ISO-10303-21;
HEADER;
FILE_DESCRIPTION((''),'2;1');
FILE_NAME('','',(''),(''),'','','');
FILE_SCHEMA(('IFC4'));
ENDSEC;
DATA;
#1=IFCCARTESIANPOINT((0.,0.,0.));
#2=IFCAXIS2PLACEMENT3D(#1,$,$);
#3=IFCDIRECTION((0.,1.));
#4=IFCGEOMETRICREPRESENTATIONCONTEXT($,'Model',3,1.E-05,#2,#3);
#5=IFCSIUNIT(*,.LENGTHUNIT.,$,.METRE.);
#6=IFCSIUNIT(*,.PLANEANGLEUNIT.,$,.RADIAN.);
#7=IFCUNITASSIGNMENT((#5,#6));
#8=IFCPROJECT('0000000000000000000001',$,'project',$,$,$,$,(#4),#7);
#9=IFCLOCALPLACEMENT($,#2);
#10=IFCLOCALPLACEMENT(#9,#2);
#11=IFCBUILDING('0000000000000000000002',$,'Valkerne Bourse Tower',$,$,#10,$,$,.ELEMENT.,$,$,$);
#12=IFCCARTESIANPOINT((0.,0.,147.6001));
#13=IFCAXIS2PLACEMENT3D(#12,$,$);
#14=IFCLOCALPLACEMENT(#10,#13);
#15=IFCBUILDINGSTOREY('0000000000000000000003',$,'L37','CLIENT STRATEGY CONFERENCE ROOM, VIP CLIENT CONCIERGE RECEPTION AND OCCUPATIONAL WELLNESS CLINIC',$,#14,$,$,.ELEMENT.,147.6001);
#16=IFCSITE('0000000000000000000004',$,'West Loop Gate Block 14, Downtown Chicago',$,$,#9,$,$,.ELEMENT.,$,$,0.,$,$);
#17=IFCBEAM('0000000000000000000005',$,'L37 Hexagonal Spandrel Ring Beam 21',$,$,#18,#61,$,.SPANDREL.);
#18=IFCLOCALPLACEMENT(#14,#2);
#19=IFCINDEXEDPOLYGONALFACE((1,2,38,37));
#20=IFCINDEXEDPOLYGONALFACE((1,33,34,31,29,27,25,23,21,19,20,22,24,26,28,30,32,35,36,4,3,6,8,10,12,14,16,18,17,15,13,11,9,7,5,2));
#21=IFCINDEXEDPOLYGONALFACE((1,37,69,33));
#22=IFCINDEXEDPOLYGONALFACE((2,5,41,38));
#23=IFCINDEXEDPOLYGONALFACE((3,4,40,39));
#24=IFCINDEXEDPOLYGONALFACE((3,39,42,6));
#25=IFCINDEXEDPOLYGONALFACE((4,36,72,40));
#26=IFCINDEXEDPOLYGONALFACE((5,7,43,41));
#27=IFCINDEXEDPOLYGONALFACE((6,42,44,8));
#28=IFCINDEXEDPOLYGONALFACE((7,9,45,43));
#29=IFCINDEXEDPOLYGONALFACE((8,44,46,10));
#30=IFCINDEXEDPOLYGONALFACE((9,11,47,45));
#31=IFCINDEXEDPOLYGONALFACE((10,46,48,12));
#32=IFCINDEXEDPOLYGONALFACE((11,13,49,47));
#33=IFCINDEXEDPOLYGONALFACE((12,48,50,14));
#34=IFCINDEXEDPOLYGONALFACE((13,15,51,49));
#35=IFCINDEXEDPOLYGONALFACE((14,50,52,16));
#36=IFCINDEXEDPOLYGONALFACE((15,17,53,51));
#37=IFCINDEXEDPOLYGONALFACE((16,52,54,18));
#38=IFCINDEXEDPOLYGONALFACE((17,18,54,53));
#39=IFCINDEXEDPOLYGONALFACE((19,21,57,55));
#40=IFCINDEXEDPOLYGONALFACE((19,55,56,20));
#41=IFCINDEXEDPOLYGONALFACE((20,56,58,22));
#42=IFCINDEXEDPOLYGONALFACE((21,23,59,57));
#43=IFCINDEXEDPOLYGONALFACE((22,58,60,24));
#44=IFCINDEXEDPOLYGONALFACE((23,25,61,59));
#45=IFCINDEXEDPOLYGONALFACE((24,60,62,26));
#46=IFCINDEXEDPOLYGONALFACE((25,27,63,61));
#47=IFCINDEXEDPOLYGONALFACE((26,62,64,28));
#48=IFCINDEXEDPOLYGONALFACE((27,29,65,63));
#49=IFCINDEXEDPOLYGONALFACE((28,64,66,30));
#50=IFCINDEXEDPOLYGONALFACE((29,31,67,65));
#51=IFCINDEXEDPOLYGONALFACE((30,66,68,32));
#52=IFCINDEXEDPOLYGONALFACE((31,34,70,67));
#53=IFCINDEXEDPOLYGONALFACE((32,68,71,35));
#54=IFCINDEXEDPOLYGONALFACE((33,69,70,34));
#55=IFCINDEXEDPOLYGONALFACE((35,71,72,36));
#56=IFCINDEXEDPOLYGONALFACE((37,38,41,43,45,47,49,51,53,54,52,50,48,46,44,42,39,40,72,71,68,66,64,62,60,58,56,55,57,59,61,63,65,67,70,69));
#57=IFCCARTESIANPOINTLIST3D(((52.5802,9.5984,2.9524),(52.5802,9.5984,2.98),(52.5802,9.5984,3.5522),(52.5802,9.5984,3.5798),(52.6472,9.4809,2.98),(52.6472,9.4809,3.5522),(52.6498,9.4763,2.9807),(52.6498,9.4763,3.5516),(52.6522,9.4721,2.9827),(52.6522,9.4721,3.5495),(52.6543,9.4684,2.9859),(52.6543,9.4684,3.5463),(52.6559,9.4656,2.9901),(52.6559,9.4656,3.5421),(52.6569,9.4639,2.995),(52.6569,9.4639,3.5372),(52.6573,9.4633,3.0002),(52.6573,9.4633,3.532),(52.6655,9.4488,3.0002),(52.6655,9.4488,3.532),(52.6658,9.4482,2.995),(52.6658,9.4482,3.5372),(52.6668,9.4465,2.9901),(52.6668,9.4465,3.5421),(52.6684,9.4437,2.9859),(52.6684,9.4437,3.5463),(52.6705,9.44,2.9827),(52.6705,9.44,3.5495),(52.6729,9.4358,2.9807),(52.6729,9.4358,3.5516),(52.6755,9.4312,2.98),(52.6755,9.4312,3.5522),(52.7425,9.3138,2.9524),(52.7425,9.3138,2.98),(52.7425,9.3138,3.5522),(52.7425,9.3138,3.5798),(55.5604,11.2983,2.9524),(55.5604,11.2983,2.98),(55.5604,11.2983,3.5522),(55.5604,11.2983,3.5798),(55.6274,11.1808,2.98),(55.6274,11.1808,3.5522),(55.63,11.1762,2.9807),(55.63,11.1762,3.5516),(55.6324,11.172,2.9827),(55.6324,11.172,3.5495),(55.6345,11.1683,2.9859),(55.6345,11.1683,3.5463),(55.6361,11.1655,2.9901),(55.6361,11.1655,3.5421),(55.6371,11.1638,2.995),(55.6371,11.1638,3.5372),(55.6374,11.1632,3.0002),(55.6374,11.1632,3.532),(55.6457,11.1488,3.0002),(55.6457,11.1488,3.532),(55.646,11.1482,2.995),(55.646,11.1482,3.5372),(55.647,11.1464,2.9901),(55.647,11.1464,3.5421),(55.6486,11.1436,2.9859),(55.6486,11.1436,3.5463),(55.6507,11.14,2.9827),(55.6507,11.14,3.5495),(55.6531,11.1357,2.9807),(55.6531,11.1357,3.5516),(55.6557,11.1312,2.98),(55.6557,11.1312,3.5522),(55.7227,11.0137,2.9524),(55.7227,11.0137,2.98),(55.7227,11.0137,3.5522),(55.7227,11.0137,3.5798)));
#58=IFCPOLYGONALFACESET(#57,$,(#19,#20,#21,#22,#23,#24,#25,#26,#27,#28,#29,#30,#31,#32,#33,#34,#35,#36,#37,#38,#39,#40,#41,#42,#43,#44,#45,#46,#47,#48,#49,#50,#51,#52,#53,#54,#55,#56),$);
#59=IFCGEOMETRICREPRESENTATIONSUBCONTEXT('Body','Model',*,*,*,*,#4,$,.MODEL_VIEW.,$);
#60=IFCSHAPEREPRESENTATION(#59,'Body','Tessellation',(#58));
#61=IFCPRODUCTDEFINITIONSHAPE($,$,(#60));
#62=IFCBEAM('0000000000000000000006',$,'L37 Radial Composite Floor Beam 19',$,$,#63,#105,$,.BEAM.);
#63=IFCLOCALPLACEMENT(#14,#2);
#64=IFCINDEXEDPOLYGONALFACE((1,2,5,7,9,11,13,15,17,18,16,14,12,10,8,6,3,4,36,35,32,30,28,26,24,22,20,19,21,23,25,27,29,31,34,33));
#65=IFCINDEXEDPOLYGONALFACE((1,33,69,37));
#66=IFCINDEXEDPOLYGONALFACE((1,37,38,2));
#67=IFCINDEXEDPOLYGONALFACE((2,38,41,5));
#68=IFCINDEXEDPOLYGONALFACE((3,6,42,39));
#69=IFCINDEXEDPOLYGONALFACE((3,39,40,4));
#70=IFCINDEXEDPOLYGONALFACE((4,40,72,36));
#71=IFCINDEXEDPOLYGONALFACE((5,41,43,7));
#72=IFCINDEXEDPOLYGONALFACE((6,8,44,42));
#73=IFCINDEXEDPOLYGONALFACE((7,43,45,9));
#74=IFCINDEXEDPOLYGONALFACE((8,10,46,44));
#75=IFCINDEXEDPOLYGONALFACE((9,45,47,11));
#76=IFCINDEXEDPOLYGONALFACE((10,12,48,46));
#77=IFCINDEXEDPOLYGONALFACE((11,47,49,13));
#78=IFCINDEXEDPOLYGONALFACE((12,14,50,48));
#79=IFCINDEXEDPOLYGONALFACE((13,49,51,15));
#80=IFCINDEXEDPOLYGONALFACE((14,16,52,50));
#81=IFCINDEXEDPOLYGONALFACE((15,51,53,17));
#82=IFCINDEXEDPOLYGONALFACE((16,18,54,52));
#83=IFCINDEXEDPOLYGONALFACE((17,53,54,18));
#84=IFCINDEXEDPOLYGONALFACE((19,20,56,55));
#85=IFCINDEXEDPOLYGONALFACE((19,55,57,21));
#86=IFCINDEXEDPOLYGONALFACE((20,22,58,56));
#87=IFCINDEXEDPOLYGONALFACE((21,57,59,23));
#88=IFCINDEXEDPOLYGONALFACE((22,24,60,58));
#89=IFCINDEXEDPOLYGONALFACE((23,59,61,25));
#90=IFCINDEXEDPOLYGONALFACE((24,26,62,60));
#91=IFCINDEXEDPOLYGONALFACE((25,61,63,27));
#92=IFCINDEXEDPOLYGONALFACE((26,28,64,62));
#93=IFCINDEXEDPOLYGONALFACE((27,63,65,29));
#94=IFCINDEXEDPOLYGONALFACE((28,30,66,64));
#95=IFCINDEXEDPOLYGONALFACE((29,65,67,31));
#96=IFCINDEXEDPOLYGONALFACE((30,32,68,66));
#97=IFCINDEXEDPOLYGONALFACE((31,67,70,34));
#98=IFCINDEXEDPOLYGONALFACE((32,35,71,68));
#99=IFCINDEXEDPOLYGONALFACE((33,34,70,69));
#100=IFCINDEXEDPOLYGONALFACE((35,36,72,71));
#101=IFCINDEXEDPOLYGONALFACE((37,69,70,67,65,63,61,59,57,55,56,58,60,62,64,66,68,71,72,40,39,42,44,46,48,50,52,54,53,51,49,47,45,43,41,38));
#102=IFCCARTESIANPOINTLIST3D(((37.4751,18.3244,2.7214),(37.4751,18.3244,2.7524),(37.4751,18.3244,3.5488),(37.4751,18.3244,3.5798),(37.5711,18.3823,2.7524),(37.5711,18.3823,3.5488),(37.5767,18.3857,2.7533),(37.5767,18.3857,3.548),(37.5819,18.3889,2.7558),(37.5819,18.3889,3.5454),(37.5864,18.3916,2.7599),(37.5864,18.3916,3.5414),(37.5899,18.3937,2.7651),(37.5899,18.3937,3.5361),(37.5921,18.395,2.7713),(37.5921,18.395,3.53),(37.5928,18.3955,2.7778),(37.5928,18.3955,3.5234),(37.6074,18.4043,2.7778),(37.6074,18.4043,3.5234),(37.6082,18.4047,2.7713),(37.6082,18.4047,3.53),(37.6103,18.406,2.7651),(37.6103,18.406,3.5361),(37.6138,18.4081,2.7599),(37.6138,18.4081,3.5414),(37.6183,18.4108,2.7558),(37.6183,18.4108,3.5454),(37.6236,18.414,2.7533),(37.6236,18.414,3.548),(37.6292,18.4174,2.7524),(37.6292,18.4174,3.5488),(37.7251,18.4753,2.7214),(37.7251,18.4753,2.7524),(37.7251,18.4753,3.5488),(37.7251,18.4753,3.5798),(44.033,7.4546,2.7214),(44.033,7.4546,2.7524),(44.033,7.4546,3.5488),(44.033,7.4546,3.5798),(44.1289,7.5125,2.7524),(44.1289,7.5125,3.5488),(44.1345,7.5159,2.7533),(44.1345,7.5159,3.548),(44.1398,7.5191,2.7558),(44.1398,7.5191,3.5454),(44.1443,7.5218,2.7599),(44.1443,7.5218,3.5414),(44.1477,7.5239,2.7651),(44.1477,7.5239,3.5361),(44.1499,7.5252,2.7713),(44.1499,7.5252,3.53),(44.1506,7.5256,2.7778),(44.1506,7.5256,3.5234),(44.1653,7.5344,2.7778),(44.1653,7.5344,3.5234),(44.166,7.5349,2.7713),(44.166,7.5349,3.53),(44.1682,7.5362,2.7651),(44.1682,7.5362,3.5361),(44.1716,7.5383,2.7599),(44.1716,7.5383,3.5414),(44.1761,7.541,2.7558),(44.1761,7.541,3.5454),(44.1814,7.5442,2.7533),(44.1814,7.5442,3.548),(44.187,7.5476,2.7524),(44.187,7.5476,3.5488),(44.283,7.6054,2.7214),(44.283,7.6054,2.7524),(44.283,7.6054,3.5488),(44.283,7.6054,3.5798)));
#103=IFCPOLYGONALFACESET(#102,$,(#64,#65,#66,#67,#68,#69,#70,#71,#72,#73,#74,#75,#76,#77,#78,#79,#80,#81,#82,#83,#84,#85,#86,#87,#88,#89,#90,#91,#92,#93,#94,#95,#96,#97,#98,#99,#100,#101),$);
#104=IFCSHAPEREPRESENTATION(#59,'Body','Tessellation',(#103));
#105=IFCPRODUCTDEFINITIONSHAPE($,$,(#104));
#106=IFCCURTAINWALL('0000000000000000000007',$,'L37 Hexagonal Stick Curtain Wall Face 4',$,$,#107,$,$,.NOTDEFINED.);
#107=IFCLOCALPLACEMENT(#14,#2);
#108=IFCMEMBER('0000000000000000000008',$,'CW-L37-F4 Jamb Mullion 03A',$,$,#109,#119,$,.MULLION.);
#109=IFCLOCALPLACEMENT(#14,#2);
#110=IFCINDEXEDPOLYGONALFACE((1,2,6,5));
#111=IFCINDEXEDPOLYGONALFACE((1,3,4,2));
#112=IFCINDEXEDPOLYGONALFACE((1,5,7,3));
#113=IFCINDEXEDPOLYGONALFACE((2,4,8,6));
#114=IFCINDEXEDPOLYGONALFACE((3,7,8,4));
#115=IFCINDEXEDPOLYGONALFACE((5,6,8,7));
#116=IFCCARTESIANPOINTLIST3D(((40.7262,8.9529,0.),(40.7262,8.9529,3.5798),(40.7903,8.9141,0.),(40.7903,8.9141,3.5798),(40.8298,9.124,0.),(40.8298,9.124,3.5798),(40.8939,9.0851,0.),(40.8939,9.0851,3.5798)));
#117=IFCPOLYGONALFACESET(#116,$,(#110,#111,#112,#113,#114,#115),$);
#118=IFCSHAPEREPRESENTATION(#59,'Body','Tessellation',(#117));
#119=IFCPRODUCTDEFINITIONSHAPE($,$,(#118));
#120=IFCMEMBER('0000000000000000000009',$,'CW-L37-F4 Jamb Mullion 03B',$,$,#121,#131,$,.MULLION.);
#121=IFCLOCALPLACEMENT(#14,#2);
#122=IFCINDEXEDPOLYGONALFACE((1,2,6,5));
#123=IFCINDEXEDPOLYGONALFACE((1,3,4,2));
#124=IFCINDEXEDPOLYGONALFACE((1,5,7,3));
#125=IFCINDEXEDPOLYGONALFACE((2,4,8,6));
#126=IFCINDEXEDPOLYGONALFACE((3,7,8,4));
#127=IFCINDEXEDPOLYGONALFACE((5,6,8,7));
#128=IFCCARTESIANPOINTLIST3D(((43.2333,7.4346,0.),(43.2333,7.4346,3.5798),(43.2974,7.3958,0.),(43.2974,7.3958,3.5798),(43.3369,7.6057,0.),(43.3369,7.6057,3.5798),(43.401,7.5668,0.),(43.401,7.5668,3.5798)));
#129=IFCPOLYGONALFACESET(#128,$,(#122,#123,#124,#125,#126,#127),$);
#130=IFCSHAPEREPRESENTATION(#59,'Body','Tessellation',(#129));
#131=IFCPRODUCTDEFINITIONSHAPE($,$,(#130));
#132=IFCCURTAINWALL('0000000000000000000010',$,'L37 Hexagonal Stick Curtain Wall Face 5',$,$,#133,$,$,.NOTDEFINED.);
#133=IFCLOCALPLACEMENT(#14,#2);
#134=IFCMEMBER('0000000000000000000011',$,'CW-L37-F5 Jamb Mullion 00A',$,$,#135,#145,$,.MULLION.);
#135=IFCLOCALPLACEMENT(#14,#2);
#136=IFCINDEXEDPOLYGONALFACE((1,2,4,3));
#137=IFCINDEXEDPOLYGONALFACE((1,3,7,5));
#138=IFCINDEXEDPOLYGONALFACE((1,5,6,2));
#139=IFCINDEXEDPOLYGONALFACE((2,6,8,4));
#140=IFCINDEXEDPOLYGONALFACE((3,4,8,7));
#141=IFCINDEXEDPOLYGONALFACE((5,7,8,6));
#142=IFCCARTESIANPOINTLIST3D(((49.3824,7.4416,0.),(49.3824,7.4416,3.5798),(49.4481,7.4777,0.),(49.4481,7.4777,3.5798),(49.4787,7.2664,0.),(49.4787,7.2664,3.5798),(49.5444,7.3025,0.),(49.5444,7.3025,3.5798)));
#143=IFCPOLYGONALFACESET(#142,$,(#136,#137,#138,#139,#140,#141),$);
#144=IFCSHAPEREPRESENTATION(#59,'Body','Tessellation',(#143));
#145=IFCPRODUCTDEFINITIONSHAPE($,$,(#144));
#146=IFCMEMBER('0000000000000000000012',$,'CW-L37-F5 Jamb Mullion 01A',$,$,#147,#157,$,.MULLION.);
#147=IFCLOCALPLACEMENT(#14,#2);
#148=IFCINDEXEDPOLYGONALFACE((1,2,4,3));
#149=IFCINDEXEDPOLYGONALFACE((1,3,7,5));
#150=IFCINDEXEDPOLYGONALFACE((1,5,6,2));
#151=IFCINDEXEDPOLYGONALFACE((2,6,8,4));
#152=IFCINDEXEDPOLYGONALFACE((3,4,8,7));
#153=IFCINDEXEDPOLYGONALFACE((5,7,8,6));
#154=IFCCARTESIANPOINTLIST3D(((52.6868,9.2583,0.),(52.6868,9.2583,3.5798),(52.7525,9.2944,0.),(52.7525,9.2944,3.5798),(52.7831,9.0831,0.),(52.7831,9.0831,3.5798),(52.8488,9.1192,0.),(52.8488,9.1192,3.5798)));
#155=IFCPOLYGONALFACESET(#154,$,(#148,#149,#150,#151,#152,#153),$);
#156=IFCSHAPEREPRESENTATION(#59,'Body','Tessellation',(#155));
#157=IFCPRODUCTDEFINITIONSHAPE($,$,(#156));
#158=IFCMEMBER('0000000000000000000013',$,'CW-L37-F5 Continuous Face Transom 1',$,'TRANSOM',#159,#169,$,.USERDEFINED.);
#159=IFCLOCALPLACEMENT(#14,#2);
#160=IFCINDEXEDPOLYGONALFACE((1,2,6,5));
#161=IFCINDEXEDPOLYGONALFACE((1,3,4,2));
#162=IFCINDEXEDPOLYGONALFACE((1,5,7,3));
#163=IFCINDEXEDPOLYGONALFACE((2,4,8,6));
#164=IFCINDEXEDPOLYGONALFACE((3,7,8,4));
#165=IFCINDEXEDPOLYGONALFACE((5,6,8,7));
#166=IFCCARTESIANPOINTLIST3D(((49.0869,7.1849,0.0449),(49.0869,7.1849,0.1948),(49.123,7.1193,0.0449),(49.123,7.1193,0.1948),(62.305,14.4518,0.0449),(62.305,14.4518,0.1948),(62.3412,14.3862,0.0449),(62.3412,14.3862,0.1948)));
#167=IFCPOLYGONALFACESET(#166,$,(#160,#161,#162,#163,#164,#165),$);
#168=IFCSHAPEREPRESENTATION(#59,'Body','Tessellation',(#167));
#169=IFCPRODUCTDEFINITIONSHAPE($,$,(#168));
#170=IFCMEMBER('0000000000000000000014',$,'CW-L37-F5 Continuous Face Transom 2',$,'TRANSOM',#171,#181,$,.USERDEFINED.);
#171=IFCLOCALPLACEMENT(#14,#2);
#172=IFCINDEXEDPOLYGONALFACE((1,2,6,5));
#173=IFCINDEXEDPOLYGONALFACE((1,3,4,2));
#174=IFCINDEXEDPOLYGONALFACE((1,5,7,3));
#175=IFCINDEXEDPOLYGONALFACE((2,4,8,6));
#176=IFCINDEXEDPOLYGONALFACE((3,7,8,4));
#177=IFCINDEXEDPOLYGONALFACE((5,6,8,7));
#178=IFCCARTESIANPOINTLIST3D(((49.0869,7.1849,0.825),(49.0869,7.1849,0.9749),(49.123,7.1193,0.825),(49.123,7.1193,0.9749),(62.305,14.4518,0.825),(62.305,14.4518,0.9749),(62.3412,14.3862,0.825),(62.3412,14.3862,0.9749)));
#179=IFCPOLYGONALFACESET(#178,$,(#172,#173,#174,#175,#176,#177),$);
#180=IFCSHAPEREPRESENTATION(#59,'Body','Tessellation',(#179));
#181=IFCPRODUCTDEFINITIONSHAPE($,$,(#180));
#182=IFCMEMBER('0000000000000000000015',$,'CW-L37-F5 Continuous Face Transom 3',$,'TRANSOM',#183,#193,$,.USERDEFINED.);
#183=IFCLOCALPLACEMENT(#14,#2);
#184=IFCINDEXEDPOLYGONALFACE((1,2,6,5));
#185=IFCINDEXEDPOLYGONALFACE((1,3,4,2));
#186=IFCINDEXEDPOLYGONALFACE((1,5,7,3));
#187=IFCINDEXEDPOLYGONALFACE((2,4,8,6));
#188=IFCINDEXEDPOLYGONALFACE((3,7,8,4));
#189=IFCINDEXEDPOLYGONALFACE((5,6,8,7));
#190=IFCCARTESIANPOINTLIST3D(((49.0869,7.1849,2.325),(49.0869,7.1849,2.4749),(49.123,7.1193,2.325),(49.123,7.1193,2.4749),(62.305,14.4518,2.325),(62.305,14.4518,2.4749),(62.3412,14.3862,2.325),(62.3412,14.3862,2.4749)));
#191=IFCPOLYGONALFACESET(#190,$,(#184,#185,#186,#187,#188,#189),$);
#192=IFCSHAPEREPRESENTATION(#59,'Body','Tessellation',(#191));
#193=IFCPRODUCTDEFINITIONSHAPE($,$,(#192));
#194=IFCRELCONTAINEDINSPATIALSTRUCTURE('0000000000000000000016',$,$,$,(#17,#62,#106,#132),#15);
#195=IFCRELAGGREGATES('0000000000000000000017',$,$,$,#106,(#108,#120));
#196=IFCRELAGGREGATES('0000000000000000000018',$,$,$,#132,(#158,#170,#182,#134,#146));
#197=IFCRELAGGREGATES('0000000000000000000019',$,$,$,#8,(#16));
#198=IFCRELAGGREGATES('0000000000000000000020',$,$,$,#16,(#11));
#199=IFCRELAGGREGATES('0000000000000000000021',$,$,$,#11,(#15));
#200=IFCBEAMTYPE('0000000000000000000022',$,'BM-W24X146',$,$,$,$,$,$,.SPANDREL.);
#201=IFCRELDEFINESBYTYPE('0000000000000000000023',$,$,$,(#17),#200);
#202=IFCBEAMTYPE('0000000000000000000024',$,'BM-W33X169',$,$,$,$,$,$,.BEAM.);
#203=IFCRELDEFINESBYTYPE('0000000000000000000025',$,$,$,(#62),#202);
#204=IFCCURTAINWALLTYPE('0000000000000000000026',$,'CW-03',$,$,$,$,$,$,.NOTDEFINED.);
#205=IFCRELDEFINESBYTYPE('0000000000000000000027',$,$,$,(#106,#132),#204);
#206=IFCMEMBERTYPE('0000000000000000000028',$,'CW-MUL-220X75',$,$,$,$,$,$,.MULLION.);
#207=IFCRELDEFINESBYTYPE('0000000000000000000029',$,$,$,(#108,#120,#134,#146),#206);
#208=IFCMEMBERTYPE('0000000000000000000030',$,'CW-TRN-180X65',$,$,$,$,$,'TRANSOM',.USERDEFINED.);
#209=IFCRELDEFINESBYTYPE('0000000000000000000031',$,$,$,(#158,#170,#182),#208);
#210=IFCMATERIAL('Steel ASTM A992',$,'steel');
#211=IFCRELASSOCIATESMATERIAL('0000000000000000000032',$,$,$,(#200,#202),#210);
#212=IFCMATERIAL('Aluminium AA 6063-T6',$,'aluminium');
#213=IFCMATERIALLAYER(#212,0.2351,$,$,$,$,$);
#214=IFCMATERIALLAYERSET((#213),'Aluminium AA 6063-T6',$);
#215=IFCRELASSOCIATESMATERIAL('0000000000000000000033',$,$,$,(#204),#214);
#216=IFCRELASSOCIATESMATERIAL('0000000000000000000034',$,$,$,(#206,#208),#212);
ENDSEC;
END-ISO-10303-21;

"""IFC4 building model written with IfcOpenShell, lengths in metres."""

from ifc_helpers import new_model, si_unit, direction, frame, origin, origin_2d, place, context, subcontext, project, spatial, rectangle, i_section, extrude, material, layer, layer_set, material_profile, profile_set, type_object, element, aggregate, save


model = new_model("IFC4")

# Units and contexts
model_context = context("Model", 3, precision=1e-05, world=origin(), true_north=direction((0.0, 1.0)))
body_context = subcontext(model_context, "Body", "Model", "MODEL_VIEW")
ifc_project = project(units=[si_unit("LENGTHUNIT", "METRE"), si_unit("PLANEANGLEUNIT", "RADIAN")], contexts=[model_context])

# Site, building, storey
site_placement = place(None, origin())
site = spatial("IfcSite", under=ifc_project, at=site_placement, Name="West Loop Gate Block 14, Downtown Chicago", CompositionType="ELEMENT", RefElevation=0.0)
building_placement = place(site_placement, origin())
building = spatial("IfcBuilding", under=site, at=building_placement, Name="Valkerne Bourse Tower", CompositionType="ELEMENT")
storey_placement = place(building_placement, frame((0.0, 0.0, 147.6001)))
storey = spatial("IfcBuildingStorey", under=building, at=storey_placement, Name="L37", Description="CLIENT STRATEGY CONFERENCE ROOM, VIP CLIENT CONCIERGE RECEPTION AND OCCUPATIONAL WELLNESS CLINIC", CompositionType="ELEMENT", Elevation=147.6001)

# Beams
ifc_material_1 = material(Name="Steel ASTM A992", Category="steel")
ifc_material_profile_1 = material_profile(ifc_material_1, i_section(OverallWidth=0.3276, OverallDepth=0.6274, WebThickness=0.0166, FlangeThickness=0.0276, FilletRadius=0.0203, at=origin_2d()), Name="W24X146")
ifc_profile_set_1 = profile_set([ifc_material_profile_1], Name="Steel ASTM A992")
beam_type_1 = type_object("IfcBeamType", Name="BM-W24X146", PredefinedType="SPANDREL", material=ifc_profile_set_1)
for number, where, z_axis, x_axis, name in (
    (1, (52.6614, 9.4561, 3.2661), (0.868624, 0.495472, 0.0), (-0.495472, 0.868624, 0.0), "L37 Hexagonal Spandrel Ring Beam 21"),
):
    element("IfcBeam", number, at=place(storey_placement, frame(where, z_axis=z_axis, x_axis=x_axis)), inside=storey, type_object=beam_type_1, Name=name, PredefinedType="SPANDREL", context=body_context, shape_type="SweptSolid", body=[
        extrude(i_section(OverallWidth=0.3276, OverallDepth=0.6274, WebThickness=0.0166, FlangeThickness=0.0276, FilletRadius=0.0203, at=origin_2d()), origin(), (0.0, 0.0, 1.0), 3.4309),
    ])
ifc_material_profile_2 = material_profile(ifc_material_1, i_section(OverallWidth=0.292, OverallDepth=0.8584, WebThickness=0.0171, FlangeThickness=0.031, FilletRadius=0.0254, at=origin_2d()), Name="W33X169")
ifc_profile_set_2 = profile_set([ifc_material_profile_2], Name="Steel ASTM A992")
beam_type_2 = type_object("IfcBeamType", Name="BM-W33X169", PredefinedType="BEAM", material=ifc_profile_set_2)
beam_1_placement = place(storey_placement, frame((44.158, 7.53, 3.1506), z_axis=(-0.516576, 0.856241, 0.0), x_axis=(-0.856241, -0.516576, 0.0)))
element("IfcBeam", 2, at=beam_1_placement, inside=storey, type_object=beam_type_2, Name="L37 Radial Composite Floor Beam 19", PredefinedType="BEAM", context=body_context, shape_type="SweptSolid", body=[
    extrude(i_section(OverallWidth=0.292, OverallDepth=0.8584, WebThickness=0.0171, FlangeThickness=0.031, FilletRadius=0.0254, at=origin_2d()), origin(), (0.0, 0.0, 1.0), 12.6948),
])

# Curtain walls, members
ifc_material_2 = material(Name="Aluminium AA 6063-T6", Category="aluminium")
ifc_layer_1 = layer(ifc_material_2, 0.2351)
ifc_layer_set_1 = layer_set([ifc_layer_1], Name="Aluminium AA 6063-T6")
curtain_wall_type = type_object("IfcCurtainWallType", Name="CW-03", PredefinedType="NOTDEFINED", material=ifc_layer_set_1)
curtain_wall_1_placement = place(storey_placement, origin())
curtain_wall_1 = element("IfcCurtainWall", 3, at=curtain_wall_1_placement, inside=storey, type_object=curtain_wall_type, Name="L37 Hexagonal Stick Curtain Wall Face 4", PredefinedType="NOTDEFINED")
ifc_material_profile_3 = material_profile(ifc_material_2, rectangle(XDim=0.075, YDim=0.2, at=origin_2d()), Name="CWM-75X200")
ifc_profile_set_3 = profile_set([ifc_material_profile_3], Name="Aluminium AA 6063-T6")
member_type_1 = type_object("IfcMemberType", Name="CW-MUL-220X75", PredefinedType="MULLION", material=ifc_profile_set_3)
member_1_placement = place(storey_placement, frame((40.8101, 9.019, 0.0), z_axis=(0.0, 0.0, 1.0), x_axis=(0.855375, -0.518009, 0.0)))
member_1 = element("IfcMember", 4, at=member_1_placement, type_object=member_type_1, Name="CW-L37-F4 Jamb Mullion 03A", PredefinedType="MULLION", context=body_context, shape_type="SweptSolid", body=[
    extrude(rectangle(XDim=0.075, YDim=0.2, at=origin_2d()), origin(), (0.0, 0.0, 1.0), 3.5798),
])
member_2_placement = place(storey_placement, frame((43.3171, 7.5007, 0.0), z_axis=(0.0, 0.0, 1.0), x_axis=(0.855375, -0.518009, 0.0)))
member_2 = element("IfcMember", 5, at=member_2_placement, type_object=member_type_1, Name="CW-L37-F4 Jamb Mullion 03B", PredefinedType="MULLION", context=body_context, shape_type="SweptSolid", body=[
    extrude(rectangle(XDim=0.075, YDim=0.2, at=origin_2d()), origin(), (0.0, 0.0, 1.0), 3.5798),
])
curtain_wall_2_placement = place(storey_placement, origin())
curtain_wall_2 = element("IfcCurtainWall", 6, at=curtain_wall_2_placement, inside=storey, type_object=curtain_wall_type, Name="L37 Hexagonal Stick Curtain Wall Face 5", PredefinedType="NOTDEFINED")
member_3_placement = place(storey_placement, frame((49.4634, 7.3721, 0.0), z_axis=(0.0, 0.0, 1.0), x_axis=(0.876303, 0.481761, 0.0)))
member_3 = element("IfcMember", 7, at=member_3_placement, type_object=member_type_1, Name="CW-L37-F5 Jamb Mullion 00A", PredefinedType="MULLION", context=body_context, shape_type="SweptSolid", body=[
    extrude(rectangle(XDim=0.075, YDim=0.2, at=origin_2d()), origin(), (0.0, 0.0, 1.0), 3.5798),
])
member_4_placement = place(storey_placement, frame((52.7678, 9.1887, 0.0), z_axis=(0.0, 0.0, 1.0), x_axis=(0.876309, 0.48175, 0.0)))
member_4 = element("IfcMember", 8, at=member_4_placement, type_object=member_type_1, Name="CW-L37-F5 Jamb Mullion 01A", PredefinedType="MULLION", context=body_context, shape_type="SweptSolid", body=[
    extrude(rectangle(XDim=0.075, YDim=0.2, at=origin_2d()), origin(), (0.0, 0.0, 1.0), 3.5798),
])
ifc_material_profile_4 = material_profile(ifc_material_2, rectangle(XDim=0.075, YDim=0.1499, at=origin_2d()), Name="CWT-75X150")
ifc_profile_set_4 = profile_set([ifc_material_profile_4], Name="Aluminium AA 6063-T6")
member_type_2 = type_object("IfcMemberType", Name="CW-TRN-180X65", ElementType="TRANSOM", PredefinedType="USERDEFINED", material=ifc_profile_set_4)
member_5_placement = place(storey_placement, frame((49.105, 7.1521, 0.1199), z_axis=(0.876302, 0.481763, 0.0), x_axis=(-0.481763, 0.876302, 0.0)))
member_5 = element("IfcMember", 9, at=member_5_placement, type_object=member_type_2, Name="CW-L37-F5 Continuous Face Transom 1", ObjectType="TRANSOM", PredefinedType="USERDEFINED", context=body_context, shape_type="SweptSolid", body=[
    extrude(rectangle(XDim=0.075, YDim=0.1499, at=origin_2d()), origin(), (0.0, 0.0, 1.0), 15.084),
])
member_6_placement = place(storey_placement, frame((49.105, 7.1521, 0.8999), z_axis=(0.876302, 0.481763, 0.0), x_axis=(-0.481763, 0.876302, 0.0)))
member_6 = element("IfcMember", 10, at=member_6_placement, type_object=member_type_2, Name="CW-L37-F5 Continuous Face Transom 2", ObjectType="TRANSOM", PredefinedType="USERDEFINED", context=body_context, shape_type="SweptSolid", body=[
    extrude(rectangle(XDim=0.075, YDim=0.1499, at=origin_2d()), origin(), (0.0, 0.0, 1.0), 15.084),
])
member_7_placement = place(storey_placement, frame((49.105, 7.1521, 2.3999), z_axis=(0.876302, 0.481763, 0.0), x_axis=(-0.481763, 0.876302, 0.0)))
member_7 = element("IfcMember", 11, at=member_7_placement, type_object=member_type_2, Name="CW-L37-F5 Continuous Face Transom 3", ObjectType="TRANSOM", PredefinedType="USERDEFINED", context=body_context, shape_type="SweptSolid", body=[
    extrude(rectangle(XDim=0.075, YDim=0.1499, at=origin_2d()), origin(), (0.0, 0.0, 1.0), 15.084),
])

aggregate(curtain_wall_1, [member_1, member_2])
aggregate(curtain_wall_2, [member_5, member_6, member_7, member_3, member_4])

save(model, "model.ifc")
